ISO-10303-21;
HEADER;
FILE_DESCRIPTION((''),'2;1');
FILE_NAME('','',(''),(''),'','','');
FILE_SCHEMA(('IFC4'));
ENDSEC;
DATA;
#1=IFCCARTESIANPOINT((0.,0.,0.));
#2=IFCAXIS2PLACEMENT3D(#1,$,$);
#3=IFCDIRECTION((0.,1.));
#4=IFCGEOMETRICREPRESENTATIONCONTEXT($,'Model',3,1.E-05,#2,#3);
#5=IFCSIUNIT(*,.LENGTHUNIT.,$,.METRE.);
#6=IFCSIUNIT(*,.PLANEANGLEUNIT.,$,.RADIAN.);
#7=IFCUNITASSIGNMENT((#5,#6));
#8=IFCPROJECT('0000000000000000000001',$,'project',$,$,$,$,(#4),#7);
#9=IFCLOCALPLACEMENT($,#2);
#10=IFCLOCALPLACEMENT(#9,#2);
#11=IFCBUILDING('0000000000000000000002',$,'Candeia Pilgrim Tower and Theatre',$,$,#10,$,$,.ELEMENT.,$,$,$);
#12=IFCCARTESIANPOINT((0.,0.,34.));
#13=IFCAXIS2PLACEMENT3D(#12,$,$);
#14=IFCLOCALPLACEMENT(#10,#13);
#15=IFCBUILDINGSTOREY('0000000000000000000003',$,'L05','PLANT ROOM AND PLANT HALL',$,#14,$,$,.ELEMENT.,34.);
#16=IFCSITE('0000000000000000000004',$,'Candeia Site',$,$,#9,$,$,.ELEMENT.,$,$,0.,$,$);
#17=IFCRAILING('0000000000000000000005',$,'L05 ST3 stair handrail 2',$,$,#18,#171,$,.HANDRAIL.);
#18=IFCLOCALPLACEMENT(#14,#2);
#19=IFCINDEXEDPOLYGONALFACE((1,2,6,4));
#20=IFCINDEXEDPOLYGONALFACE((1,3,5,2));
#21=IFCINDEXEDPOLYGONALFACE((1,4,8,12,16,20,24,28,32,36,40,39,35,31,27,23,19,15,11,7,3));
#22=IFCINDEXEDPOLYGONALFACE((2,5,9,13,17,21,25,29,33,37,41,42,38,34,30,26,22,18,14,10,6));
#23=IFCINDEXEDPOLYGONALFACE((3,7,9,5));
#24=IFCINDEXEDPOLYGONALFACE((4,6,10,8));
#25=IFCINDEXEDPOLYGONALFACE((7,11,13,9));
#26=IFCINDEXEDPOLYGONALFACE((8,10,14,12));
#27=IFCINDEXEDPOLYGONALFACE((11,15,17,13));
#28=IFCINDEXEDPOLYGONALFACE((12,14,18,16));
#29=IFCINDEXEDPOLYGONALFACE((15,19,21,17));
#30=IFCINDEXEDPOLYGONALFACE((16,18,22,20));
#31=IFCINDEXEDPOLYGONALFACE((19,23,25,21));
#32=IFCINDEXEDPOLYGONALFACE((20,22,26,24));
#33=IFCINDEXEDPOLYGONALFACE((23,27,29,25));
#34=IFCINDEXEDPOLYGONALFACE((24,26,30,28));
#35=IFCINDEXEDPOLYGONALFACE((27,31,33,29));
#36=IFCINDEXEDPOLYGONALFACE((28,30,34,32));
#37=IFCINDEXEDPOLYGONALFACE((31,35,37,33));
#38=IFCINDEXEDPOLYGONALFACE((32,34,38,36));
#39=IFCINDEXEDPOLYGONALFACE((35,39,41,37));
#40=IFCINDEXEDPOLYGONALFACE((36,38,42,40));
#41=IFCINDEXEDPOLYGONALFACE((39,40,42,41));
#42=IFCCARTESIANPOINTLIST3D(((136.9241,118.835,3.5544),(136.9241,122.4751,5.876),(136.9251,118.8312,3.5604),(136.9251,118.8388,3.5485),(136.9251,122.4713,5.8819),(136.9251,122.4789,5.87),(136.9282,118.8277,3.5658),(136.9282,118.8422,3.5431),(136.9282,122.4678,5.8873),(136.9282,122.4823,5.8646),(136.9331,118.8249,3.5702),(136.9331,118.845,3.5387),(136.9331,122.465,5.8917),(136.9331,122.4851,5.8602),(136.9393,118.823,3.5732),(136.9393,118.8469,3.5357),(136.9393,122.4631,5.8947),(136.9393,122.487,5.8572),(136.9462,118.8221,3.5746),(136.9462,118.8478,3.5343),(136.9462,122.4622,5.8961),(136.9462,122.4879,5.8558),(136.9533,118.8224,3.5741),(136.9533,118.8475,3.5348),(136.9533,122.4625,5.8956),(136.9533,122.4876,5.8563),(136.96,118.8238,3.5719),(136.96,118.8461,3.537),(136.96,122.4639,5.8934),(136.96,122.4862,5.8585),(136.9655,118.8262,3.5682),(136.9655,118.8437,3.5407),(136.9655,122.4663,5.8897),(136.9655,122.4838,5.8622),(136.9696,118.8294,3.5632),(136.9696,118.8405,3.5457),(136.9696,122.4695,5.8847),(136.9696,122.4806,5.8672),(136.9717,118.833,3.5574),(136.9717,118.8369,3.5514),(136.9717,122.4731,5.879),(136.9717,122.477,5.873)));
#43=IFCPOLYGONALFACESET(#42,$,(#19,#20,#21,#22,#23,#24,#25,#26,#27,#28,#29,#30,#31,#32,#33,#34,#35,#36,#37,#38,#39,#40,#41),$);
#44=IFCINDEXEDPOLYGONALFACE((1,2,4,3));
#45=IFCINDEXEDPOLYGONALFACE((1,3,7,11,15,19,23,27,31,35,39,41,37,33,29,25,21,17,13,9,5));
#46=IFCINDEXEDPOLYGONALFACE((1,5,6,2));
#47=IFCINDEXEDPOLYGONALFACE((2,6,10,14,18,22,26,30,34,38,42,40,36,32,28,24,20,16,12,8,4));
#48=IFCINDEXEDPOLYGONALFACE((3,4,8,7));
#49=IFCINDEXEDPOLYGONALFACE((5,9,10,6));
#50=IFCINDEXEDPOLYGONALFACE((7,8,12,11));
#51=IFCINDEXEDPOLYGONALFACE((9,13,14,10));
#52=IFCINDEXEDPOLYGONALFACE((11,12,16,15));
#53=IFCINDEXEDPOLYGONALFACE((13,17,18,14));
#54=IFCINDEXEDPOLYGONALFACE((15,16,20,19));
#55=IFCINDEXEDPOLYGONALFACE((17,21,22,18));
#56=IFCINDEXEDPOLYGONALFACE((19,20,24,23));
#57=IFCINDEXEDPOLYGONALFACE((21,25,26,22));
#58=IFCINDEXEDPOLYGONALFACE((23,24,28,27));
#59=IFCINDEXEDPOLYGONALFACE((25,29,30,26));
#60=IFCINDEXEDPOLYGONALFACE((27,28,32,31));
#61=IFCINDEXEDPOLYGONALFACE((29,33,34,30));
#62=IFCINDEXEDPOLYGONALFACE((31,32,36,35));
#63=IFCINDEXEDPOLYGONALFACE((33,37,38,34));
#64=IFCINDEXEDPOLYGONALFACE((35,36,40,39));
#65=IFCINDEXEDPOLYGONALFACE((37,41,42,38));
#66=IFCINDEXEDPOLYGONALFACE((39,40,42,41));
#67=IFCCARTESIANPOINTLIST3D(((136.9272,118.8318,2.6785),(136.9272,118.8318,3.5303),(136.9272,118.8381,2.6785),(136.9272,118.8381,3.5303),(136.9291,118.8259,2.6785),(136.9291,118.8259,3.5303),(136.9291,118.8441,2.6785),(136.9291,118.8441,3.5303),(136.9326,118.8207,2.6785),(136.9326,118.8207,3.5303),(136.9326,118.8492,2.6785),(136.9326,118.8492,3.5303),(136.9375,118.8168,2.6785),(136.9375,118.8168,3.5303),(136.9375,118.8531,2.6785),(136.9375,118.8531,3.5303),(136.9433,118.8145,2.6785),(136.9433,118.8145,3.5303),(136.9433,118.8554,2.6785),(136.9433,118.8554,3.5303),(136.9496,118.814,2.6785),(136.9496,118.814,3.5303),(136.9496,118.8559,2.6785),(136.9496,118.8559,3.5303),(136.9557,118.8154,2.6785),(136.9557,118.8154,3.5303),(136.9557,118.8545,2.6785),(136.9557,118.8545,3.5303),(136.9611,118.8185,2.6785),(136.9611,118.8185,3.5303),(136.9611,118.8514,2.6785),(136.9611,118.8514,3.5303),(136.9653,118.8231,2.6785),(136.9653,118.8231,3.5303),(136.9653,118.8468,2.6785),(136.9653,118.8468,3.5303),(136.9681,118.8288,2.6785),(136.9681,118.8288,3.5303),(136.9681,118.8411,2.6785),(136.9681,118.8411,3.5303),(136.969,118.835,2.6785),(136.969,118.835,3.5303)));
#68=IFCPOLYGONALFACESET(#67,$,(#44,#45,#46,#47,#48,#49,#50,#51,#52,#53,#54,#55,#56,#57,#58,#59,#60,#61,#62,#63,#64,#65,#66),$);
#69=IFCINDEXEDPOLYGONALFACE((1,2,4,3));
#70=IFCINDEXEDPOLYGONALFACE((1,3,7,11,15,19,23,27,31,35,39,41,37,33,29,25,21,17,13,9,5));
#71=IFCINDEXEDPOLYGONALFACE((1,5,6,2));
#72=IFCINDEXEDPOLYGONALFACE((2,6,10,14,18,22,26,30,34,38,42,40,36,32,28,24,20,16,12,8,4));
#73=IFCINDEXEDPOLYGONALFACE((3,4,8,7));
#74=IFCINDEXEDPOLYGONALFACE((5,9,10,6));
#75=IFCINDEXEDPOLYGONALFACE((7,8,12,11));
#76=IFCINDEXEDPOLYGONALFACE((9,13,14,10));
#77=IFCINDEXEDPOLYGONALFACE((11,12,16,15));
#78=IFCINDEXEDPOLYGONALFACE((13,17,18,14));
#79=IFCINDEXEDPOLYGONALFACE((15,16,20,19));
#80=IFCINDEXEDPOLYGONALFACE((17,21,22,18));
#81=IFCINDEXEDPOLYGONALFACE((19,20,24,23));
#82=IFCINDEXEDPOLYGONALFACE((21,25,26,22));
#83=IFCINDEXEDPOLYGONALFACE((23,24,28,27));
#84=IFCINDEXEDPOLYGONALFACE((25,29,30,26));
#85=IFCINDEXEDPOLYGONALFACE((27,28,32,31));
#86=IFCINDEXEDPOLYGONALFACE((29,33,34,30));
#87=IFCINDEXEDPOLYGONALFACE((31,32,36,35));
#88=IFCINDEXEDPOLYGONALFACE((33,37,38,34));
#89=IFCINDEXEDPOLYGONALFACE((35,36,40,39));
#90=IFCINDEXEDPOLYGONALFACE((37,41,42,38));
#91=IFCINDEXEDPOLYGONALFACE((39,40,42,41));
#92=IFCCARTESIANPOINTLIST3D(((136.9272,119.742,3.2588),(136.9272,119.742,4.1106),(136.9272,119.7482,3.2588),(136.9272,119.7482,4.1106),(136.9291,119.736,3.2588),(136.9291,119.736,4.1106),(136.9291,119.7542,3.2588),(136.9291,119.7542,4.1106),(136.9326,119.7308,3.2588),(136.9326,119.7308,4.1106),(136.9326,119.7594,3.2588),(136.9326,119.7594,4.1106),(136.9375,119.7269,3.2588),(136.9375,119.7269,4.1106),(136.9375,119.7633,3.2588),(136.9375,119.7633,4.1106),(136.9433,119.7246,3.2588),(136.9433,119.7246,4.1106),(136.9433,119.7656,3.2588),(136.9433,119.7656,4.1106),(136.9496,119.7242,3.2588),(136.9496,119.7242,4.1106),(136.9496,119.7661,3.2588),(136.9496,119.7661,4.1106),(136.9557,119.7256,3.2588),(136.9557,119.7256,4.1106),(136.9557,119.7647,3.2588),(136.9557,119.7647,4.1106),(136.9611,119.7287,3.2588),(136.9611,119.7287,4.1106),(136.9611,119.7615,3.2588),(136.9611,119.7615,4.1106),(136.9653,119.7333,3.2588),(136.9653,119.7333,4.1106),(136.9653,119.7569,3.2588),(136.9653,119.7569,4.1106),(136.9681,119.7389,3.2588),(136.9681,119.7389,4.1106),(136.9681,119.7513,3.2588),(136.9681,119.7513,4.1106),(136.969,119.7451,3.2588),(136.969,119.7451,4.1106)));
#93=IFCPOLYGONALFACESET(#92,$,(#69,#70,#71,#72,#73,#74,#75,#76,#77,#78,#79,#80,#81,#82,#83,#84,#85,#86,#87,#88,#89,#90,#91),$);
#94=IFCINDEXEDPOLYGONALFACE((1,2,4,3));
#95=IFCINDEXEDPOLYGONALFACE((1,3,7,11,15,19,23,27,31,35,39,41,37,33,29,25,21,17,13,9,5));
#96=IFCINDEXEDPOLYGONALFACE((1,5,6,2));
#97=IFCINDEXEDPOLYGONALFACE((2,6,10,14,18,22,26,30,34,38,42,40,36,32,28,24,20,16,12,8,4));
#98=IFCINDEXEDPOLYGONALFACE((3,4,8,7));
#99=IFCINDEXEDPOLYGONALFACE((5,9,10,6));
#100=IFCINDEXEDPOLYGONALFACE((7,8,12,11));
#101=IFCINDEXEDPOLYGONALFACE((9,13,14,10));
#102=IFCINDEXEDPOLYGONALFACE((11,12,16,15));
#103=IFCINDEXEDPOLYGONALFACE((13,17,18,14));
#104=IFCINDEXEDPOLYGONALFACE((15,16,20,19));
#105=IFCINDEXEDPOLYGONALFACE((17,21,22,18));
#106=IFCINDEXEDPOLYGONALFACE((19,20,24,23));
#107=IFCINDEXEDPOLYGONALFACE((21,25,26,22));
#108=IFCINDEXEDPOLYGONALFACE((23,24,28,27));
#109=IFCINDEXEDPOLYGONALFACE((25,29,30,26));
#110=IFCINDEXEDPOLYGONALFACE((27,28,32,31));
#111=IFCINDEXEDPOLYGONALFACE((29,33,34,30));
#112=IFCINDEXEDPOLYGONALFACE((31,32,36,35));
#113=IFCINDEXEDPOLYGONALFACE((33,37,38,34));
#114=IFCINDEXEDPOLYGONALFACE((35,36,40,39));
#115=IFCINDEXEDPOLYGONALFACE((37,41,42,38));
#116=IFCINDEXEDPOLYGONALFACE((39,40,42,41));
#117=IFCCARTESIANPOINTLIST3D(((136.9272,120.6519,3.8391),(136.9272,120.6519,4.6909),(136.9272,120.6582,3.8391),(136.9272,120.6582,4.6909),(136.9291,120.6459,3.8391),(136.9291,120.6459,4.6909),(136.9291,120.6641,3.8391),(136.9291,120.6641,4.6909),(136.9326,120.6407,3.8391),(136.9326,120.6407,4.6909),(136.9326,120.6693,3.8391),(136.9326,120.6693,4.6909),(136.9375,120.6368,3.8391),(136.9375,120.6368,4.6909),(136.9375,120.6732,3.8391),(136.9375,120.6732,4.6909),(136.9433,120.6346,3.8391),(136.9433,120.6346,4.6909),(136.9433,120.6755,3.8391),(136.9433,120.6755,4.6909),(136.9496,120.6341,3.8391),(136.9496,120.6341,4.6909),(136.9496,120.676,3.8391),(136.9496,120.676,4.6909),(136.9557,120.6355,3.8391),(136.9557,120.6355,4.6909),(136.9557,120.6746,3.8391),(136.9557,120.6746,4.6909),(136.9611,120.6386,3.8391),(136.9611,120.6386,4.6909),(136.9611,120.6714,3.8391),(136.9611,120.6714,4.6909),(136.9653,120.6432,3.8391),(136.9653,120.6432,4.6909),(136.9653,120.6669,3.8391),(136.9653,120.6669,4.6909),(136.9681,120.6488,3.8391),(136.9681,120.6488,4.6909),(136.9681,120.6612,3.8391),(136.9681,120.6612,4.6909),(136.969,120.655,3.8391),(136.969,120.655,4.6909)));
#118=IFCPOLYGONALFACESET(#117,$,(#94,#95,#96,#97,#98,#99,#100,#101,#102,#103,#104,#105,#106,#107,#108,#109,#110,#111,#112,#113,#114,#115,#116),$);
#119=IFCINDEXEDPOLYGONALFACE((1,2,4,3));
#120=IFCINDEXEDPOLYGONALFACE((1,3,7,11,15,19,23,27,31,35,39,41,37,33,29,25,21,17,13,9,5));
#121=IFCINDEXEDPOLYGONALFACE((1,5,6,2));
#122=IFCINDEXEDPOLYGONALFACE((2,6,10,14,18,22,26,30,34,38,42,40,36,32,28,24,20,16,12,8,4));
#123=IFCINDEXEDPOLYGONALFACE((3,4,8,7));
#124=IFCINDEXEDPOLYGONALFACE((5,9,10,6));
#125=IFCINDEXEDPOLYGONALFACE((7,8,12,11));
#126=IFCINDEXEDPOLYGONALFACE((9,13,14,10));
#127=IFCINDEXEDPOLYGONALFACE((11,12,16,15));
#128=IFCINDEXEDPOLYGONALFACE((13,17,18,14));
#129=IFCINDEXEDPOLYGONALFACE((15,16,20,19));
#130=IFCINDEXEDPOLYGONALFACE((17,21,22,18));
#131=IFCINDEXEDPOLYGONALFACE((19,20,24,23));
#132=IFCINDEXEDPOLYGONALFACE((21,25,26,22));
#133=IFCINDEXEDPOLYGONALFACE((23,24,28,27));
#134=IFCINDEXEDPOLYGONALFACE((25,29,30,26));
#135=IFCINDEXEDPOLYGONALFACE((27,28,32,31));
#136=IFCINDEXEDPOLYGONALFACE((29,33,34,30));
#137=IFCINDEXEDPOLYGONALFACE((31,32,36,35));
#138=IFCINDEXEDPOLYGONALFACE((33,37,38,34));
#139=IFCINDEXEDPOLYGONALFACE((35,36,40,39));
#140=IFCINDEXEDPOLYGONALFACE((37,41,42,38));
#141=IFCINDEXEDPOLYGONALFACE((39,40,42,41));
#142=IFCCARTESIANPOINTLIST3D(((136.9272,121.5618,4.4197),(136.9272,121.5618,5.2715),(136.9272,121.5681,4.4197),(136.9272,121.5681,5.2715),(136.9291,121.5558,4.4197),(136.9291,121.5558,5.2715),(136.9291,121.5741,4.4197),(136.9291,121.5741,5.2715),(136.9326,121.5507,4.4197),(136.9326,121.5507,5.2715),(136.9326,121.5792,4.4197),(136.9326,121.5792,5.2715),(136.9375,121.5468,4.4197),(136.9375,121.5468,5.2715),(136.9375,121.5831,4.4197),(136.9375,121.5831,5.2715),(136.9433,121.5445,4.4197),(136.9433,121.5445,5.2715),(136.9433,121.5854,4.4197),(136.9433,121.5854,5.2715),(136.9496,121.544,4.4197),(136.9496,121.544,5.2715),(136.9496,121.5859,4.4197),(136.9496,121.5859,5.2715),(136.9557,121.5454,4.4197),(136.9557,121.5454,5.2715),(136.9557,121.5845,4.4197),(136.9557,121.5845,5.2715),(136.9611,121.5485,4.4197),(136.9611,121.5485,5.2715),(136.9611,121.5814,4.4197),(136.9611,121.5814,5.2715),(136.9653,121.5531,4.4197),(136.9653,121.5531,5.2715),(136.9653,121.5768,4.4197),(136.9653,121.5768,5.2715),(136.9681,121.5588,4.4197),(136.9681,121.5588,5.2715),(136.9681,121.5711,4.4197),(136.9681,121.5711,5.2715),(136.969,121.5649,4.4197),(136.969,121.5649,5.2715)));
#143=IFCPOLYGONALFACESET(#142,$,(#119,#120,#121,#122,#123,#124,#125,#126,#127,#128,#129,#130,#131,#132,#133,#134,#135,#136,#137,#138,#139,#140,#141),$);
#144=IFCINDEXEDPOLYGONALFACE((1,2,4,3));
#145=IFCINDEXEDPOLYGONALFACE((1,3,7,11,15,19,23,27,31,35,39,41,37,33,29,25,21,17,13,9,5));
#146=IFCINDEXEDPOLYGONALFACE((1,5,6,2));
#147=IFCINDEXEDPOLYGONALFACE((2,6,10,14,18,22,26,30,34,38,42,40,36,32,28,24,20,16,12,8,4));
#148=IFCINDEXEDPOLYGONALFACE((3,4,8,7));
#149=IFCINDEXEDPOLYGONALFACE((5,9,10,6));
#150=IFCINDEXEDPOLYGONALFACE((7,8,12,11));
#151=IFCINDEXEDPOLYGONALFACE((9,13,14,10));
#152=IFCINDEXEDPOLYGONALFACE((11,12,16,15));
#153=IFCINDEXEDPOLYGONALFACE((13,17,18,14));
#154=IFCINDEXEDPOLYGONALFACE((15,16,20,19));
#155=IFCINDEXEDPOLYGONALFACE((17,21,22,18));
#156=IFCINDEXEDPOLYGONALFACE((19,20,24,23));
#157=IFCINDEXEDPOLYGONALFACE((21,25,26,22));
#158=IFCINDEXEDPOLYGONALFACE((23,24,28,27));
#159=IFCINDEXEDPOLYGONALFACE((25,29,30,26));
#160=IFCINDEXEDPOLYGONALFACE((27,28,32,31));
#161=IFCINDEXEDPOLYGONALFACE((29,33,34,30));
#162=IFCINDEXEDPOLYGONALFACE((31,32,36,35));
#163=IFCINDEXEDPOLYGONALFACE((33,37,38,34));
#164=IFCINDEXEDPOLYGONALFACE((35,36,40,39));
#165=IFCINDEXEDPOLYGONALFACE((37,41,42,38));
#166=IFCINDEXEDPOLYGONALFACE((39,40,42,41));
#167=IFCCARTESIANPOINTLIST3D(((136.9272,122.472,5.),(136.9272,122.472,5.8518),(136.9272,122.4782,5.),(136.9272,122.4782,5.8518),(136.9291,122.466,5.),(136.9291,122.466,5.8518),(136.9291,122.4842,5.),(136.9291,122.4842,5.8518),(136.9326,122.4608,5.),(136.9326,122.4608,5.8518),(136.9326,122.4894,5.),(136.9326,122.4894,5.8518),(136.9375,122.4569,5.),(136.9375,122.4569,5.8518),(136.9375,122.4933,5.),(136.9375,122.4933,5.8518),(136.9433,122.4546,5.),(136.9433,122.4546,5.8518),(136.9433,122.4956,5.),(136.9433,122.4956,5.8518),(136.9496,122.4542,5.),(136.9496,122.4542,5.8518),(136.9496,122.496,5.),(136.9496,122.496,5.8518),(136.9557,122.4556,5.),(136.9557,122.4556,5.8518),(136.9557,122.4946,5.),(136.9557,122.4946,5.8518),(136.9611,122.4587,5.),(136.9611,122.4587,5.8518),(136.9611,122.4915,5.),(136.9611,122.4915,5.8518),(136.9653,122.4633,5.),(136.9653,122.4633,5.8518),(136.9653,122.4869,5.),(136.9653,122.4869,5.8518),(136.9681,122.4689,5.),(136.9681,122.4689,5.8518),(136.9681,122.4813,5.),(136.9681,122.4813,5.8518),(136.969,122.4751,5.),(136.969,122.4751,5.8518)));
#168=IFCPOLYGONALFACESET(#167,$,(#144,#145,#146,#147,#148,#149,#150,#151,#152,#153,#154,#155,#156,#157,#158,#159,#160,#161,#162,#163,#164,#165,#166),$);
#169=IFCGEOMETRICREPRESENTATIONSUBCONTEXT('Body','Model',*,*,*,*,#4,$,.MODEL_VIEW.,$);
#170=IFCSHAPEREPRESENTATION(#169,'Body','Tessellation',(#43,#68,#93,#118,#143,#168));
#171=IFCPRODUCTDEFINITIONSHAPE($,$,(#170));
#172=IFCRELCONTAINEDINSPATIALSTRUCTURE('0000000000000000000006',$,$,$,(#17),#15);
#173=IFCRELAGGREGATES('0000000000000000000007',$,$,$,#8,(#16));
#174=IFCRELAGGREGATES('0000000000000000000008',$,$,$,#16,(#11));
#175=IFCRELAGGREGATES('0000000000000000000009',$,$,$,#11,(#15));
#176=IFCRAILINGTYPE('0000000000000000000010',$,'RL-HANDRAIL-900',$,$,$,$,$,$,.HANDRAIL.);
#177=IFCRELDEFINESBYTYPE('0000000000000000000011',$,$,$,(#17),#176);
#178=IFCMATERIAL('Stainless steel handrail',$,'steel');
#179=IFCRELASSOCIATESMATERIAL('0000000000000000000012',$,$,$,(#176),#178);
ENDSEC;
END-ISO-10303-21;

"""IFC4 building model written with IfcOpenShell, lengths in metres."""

from ifc_helpers import new_model, si_unit, direction, frame, origin, origin_2d, place, context, subcontext, project, spatial, circle, extrude, material, type_object, element, save


model = new_model("IFC4")

# Units and contexts
model_context = context("Model", 3, precision=1e-05, world=origin(), true_north=direction((0.0, 1.0)))
body_context = subcontext(model_context, "Body", "Model", "MODEL_VIEW")
ifc_project = project(units=[si_unit("LENGTHUNIT", "METRE"), si_unit("PLANEANGLEUNIT", "RADIAN")], contexts=[model_context])

# Site, building, storey
site_placement = place(None, origin())
site = spatial("IfcSite", under=ifc_project, at=site_placement, Name="Candeia Site", CompositionType="ELEMENT", RefElevation=0.0)
building_placement = place(site_placement, origin())
building = spatial("IfcBuilding", under=site, at=building_placement, Name="Candeia Pilgrim Tower and Theatre", CompositionType="ELEMENT")
storey_placement = place(building_placement, frame((0.0, 0.0, 34.0)))
storey = spatial("IfcBuildingStorey", under=building, at=storey_placement, Name="L05", Description="PLANT ROOM AND PLANT HALL", CompositionType="ELEMENT", Elevation=34.0)

# Railing
ifc_material_1 = material(Name="Stainless steel handrail", Category="steel")
railing_type_1 = type_object("IfcRailingType", Name="RL-HANDRAIL-900", PredefinedType="HANDRAIL", material=ifc_material_1)
railing_1_placement = place(storey_placement, frame((136.948, 118.835, 2.6785)))
element("IfcRailing", 1, at=railing_1_placement, inside=storey, type_object=railing_type_1, Name="L05 ST3 stair handrail 2", PredefinedType="HANDRAIL", context=body_context, shape_type="SweptSolid", body=[
    extrude(circle(Radius=0.0239, at=origin_2d()), frame((0.0, 0.0, 0.876), z_axis=(0.0, 0.843128, 0.537713), x_axis=(-1.0, 0.0, 0.0)), (0.0, 0.0, 1.0), 4.3174),
    extrude(circle(Radius=0.021, at=origin_2d()), origin(), (0.0, 0.0, 1.0), 0.8518),
    extrude(circle(Radius=0.021, at=origin_2d()), frame((0.0, 0.9102, 0.5803)), (0.0, 0.0, 1.0), 0.8518),
    extrude(circle(Radius=0.021, at=origin_2d()), frame((0.0, 1.8201, 1.1606)), (0.0, 0.0, 1.0), 0.8518),
    extrude(circle(Radius=0.021, at=origin_2d()), frame((0.0, 2.73, 1.7412)), (0.0, 0.0, 1.0), 0.8518),
    extrude(circle(Radius=0.021, at=origin_2d()), frame((0.0, 3.6401, 2.3215)), (0.0, 0.0, 1.0), 0.8518),
])

save(model, "model.ifc")
